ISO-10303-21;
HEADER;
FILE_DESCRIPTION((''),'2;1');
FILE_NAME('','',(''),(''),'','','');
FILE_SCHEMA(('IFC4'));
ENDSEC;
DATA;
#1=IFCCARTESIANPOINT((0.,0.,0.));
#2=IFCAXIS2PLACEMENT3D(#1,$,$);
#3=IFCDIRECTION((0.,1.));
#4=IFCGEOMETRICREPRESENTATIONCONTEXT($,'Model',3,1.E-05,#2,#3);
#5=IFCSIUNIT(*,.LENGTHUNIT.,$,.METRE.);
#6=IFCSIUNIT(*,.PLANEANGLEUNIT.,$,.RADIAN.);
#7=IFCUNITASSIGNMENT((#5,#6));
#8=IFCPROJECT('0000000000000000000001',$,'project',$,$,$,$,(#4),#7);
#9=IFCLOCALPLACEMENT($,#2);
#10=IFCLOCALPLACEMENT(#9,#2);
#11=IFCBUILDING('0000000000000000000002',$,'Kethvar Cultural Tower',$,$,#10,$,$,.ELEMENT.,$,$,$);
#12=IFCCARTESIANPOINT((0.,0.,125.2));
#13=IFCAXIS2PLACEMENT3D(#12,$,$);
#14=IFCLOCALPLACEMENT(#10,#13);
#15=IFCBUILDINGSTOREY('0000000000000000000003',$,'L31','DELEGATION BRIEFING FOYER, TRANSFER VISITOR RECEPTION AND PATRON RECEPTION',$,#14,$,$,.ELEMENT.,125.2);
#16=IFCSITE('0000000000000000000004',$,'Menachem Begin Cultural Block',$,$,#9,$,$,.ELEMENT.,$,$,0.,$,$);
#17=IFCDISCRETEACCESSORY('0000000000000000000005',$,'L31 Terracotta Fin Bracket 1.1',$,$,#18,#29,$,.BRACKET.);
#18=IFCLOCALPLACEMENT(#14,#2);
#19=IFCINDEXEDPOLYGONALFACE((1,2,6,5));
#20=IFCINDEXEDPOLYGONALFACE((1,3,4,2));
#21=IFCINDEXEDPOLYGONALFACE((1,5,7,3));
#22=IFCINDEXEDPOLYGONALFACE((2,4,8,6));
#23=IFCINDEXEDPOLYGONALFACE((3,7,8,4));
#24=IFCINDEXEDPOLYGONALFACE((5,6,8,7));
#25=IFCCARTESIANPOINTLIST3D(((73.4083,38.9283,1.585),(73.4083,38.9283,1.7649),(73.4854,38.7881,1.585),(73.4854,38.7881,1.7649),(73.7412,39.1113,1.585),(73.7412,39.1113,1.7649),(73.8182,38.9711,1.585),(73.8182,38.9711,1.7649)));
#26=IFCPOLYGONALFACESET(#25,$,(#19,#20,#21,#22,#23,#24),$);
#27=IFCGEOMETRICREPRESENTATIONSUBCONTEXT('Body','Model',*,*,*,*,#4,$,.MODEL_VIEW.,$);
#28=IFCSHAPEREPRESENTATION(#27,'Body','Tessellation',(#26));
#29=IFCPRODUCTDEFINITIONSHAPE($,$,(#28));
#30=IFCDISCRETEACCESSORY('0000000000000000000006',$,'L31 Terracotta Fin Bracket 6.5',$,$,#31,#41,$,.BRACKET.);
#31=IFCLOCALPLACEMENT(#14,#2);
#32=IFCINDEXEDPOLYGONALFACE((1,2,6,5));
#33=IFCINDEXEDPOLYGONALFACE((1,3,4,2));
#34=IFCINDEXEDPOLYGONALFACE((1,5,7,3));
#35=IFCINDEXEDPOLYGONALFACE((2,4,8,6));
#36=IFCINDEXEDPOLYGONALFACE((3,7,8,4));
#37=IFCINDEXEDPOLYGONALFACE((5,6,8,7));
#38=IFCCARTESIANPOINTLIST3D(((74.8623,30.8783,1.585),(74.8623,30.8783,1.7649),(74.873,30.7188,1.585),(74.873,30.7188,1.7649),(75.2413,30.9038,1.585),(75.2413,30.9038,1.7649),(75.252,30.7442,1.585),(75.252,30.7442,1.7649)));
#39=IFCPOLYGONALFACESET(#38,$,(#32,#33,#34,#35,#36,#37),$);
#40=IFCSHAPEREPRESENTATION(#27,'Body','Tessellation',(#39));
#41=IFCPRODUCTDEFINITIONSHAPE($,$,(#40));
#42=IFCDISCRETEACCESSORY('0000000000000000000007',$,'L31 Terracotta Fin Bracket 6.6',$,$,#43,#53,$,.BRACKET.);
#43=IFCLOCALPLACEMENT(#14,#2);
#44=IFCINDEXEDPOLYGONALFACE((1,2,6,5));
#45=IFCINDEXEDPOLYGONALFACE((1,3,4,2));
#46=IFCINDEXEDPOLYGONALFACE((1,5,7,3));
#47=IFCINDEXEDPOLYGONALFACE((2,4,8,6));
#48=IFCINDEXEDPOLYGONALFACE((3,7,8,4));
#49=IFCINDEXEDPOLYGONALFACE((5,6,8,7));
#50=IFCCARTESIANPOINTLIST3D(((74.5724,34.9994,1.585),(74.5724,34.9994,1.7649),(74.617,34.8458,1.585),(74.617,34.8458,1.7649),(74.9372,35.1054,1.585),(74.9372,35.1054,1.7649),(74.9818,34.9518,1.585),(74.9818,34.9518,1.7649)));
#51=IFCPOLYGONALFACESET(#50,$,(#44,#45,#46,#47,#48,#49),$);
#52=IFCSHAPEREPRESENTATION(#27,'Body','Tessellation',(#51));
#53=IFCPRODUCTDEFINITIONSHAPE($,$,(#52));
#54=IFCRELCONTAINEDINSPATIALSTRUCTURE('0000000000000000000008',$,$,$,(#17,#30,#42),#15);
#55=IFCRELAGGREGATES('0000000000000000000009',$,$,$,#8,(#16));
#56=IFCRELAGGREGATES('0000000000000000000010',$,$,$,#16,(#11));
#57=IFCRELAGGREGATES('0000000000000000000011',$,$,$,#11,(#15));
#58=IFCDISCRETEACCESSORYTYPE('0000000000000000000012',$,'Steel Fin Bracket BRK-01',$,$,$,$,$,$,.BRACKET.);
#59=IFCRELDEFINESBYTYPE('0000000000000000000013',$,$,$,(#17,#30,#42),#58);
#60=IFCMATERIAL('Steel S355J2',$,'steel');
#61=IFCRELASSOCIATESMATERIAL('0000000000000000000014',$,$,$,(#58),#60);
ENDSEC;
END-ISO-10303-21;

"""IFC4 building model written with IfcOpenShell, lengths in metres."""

from ifc_helpers import new_model, si_unit, direction, frame, origin, origin_2d, place, context, subcontext, project, spatial, rectangle, extrude, source, transform, mapped, material, type_object, element, save


model = new_model("IFC4")

# Units and contexts
model_context = context("Model", 3, precision=1e-05, world=origin(), true_north=direction((0.0, 1.0)))
body_context = subcontext(model_context, "Body", "Model", "MODEL_VIEW")
ifc_project = project(units=[si_unit("LENGTHUNIT", "METRE"), si_unit("PLANEANGLEUNIT", "RADIAN")], contexts=[model_context])

# Site, building, storey
site_placement = place(None, origin())
site = spatial("IfcSite", under=ifc_project, at=site_placement, Name="Menachem Begin Cultural Block", CompositionType="ELEMENT", RefElevation=0.0)
building_placement = place(site_placement, origin())
building = spatial("IfcBuilding", under=site, at=building_placement, Name="Kethvar Cultural Tower", CompositionType="ELEMENT")
storey_placement = place(building_placement, frame((0.0, 0.0, 125.2)))
storey = spatial("IfcBuildingStorey", under=building, at=storey_placement, Name="L31", Description="DELEGATION BRIEFING FOYER, TRANSFER VISITOR RECEPTION AND PATRON RECEPTION", CompositionType="ELEMENT", Elevation=125.2)

# Shared definitions
ifc_material_1 = material(Name="Steel S355J2", Category="steel")

# Discrete accessories
discrete_accessory_type = type_object("IfcDiscreteAccessoryType", Name="Steel Fin Bracket BRK-01", PredefinedType="BRACKET", material=ifc_material_1)
shared_shape_1 = source(origin(), body_context, "Body", "SweptSolid", [
    extrude(rectangle(XDim=0.3799, YDim=0.1599, at=origin_2d()), origin(), (0.0, 0.0, 1.0), 0.1799),
])
for number, where, z_axis, x_axis, name in (
    (1, (73.6133, 38.9497, 1.585), (0.0, 0.0, 1.0), (0.876307, 0.481754, 0.0), "L31 Terracotta Fin Bracket 1.1"),
    (2, (75.0571, 30.8113, 1.585), (0.0, 0.0, 1.0), (0.997755, 0.06697, 0.0), "L31 Terracotta Fin Bracket 6.5"),
    (3, (74.7771, 34.9756, 1.585), (0.0, 0.0, 1.0), (0.960294, 0.278991, 0.0), "L31 Terracotta Fin Bracket 6.6"),
):
    element("IfcDiscreteAccessory", number, at=place(storey_placement, frame(where, z_axis=z_axis, x_axis=x_axis)), inside=storey, type_object=discrete_accessory_type, Name=name, PredefinedType="BRACKET", context=body_context, shape_type="MappedRepresentation", body=[
        mapped(shared_shape_1, transform((0.0, 0.0, 0.0), scale=1.0)),
    ])

save(model, "model.ifc")
